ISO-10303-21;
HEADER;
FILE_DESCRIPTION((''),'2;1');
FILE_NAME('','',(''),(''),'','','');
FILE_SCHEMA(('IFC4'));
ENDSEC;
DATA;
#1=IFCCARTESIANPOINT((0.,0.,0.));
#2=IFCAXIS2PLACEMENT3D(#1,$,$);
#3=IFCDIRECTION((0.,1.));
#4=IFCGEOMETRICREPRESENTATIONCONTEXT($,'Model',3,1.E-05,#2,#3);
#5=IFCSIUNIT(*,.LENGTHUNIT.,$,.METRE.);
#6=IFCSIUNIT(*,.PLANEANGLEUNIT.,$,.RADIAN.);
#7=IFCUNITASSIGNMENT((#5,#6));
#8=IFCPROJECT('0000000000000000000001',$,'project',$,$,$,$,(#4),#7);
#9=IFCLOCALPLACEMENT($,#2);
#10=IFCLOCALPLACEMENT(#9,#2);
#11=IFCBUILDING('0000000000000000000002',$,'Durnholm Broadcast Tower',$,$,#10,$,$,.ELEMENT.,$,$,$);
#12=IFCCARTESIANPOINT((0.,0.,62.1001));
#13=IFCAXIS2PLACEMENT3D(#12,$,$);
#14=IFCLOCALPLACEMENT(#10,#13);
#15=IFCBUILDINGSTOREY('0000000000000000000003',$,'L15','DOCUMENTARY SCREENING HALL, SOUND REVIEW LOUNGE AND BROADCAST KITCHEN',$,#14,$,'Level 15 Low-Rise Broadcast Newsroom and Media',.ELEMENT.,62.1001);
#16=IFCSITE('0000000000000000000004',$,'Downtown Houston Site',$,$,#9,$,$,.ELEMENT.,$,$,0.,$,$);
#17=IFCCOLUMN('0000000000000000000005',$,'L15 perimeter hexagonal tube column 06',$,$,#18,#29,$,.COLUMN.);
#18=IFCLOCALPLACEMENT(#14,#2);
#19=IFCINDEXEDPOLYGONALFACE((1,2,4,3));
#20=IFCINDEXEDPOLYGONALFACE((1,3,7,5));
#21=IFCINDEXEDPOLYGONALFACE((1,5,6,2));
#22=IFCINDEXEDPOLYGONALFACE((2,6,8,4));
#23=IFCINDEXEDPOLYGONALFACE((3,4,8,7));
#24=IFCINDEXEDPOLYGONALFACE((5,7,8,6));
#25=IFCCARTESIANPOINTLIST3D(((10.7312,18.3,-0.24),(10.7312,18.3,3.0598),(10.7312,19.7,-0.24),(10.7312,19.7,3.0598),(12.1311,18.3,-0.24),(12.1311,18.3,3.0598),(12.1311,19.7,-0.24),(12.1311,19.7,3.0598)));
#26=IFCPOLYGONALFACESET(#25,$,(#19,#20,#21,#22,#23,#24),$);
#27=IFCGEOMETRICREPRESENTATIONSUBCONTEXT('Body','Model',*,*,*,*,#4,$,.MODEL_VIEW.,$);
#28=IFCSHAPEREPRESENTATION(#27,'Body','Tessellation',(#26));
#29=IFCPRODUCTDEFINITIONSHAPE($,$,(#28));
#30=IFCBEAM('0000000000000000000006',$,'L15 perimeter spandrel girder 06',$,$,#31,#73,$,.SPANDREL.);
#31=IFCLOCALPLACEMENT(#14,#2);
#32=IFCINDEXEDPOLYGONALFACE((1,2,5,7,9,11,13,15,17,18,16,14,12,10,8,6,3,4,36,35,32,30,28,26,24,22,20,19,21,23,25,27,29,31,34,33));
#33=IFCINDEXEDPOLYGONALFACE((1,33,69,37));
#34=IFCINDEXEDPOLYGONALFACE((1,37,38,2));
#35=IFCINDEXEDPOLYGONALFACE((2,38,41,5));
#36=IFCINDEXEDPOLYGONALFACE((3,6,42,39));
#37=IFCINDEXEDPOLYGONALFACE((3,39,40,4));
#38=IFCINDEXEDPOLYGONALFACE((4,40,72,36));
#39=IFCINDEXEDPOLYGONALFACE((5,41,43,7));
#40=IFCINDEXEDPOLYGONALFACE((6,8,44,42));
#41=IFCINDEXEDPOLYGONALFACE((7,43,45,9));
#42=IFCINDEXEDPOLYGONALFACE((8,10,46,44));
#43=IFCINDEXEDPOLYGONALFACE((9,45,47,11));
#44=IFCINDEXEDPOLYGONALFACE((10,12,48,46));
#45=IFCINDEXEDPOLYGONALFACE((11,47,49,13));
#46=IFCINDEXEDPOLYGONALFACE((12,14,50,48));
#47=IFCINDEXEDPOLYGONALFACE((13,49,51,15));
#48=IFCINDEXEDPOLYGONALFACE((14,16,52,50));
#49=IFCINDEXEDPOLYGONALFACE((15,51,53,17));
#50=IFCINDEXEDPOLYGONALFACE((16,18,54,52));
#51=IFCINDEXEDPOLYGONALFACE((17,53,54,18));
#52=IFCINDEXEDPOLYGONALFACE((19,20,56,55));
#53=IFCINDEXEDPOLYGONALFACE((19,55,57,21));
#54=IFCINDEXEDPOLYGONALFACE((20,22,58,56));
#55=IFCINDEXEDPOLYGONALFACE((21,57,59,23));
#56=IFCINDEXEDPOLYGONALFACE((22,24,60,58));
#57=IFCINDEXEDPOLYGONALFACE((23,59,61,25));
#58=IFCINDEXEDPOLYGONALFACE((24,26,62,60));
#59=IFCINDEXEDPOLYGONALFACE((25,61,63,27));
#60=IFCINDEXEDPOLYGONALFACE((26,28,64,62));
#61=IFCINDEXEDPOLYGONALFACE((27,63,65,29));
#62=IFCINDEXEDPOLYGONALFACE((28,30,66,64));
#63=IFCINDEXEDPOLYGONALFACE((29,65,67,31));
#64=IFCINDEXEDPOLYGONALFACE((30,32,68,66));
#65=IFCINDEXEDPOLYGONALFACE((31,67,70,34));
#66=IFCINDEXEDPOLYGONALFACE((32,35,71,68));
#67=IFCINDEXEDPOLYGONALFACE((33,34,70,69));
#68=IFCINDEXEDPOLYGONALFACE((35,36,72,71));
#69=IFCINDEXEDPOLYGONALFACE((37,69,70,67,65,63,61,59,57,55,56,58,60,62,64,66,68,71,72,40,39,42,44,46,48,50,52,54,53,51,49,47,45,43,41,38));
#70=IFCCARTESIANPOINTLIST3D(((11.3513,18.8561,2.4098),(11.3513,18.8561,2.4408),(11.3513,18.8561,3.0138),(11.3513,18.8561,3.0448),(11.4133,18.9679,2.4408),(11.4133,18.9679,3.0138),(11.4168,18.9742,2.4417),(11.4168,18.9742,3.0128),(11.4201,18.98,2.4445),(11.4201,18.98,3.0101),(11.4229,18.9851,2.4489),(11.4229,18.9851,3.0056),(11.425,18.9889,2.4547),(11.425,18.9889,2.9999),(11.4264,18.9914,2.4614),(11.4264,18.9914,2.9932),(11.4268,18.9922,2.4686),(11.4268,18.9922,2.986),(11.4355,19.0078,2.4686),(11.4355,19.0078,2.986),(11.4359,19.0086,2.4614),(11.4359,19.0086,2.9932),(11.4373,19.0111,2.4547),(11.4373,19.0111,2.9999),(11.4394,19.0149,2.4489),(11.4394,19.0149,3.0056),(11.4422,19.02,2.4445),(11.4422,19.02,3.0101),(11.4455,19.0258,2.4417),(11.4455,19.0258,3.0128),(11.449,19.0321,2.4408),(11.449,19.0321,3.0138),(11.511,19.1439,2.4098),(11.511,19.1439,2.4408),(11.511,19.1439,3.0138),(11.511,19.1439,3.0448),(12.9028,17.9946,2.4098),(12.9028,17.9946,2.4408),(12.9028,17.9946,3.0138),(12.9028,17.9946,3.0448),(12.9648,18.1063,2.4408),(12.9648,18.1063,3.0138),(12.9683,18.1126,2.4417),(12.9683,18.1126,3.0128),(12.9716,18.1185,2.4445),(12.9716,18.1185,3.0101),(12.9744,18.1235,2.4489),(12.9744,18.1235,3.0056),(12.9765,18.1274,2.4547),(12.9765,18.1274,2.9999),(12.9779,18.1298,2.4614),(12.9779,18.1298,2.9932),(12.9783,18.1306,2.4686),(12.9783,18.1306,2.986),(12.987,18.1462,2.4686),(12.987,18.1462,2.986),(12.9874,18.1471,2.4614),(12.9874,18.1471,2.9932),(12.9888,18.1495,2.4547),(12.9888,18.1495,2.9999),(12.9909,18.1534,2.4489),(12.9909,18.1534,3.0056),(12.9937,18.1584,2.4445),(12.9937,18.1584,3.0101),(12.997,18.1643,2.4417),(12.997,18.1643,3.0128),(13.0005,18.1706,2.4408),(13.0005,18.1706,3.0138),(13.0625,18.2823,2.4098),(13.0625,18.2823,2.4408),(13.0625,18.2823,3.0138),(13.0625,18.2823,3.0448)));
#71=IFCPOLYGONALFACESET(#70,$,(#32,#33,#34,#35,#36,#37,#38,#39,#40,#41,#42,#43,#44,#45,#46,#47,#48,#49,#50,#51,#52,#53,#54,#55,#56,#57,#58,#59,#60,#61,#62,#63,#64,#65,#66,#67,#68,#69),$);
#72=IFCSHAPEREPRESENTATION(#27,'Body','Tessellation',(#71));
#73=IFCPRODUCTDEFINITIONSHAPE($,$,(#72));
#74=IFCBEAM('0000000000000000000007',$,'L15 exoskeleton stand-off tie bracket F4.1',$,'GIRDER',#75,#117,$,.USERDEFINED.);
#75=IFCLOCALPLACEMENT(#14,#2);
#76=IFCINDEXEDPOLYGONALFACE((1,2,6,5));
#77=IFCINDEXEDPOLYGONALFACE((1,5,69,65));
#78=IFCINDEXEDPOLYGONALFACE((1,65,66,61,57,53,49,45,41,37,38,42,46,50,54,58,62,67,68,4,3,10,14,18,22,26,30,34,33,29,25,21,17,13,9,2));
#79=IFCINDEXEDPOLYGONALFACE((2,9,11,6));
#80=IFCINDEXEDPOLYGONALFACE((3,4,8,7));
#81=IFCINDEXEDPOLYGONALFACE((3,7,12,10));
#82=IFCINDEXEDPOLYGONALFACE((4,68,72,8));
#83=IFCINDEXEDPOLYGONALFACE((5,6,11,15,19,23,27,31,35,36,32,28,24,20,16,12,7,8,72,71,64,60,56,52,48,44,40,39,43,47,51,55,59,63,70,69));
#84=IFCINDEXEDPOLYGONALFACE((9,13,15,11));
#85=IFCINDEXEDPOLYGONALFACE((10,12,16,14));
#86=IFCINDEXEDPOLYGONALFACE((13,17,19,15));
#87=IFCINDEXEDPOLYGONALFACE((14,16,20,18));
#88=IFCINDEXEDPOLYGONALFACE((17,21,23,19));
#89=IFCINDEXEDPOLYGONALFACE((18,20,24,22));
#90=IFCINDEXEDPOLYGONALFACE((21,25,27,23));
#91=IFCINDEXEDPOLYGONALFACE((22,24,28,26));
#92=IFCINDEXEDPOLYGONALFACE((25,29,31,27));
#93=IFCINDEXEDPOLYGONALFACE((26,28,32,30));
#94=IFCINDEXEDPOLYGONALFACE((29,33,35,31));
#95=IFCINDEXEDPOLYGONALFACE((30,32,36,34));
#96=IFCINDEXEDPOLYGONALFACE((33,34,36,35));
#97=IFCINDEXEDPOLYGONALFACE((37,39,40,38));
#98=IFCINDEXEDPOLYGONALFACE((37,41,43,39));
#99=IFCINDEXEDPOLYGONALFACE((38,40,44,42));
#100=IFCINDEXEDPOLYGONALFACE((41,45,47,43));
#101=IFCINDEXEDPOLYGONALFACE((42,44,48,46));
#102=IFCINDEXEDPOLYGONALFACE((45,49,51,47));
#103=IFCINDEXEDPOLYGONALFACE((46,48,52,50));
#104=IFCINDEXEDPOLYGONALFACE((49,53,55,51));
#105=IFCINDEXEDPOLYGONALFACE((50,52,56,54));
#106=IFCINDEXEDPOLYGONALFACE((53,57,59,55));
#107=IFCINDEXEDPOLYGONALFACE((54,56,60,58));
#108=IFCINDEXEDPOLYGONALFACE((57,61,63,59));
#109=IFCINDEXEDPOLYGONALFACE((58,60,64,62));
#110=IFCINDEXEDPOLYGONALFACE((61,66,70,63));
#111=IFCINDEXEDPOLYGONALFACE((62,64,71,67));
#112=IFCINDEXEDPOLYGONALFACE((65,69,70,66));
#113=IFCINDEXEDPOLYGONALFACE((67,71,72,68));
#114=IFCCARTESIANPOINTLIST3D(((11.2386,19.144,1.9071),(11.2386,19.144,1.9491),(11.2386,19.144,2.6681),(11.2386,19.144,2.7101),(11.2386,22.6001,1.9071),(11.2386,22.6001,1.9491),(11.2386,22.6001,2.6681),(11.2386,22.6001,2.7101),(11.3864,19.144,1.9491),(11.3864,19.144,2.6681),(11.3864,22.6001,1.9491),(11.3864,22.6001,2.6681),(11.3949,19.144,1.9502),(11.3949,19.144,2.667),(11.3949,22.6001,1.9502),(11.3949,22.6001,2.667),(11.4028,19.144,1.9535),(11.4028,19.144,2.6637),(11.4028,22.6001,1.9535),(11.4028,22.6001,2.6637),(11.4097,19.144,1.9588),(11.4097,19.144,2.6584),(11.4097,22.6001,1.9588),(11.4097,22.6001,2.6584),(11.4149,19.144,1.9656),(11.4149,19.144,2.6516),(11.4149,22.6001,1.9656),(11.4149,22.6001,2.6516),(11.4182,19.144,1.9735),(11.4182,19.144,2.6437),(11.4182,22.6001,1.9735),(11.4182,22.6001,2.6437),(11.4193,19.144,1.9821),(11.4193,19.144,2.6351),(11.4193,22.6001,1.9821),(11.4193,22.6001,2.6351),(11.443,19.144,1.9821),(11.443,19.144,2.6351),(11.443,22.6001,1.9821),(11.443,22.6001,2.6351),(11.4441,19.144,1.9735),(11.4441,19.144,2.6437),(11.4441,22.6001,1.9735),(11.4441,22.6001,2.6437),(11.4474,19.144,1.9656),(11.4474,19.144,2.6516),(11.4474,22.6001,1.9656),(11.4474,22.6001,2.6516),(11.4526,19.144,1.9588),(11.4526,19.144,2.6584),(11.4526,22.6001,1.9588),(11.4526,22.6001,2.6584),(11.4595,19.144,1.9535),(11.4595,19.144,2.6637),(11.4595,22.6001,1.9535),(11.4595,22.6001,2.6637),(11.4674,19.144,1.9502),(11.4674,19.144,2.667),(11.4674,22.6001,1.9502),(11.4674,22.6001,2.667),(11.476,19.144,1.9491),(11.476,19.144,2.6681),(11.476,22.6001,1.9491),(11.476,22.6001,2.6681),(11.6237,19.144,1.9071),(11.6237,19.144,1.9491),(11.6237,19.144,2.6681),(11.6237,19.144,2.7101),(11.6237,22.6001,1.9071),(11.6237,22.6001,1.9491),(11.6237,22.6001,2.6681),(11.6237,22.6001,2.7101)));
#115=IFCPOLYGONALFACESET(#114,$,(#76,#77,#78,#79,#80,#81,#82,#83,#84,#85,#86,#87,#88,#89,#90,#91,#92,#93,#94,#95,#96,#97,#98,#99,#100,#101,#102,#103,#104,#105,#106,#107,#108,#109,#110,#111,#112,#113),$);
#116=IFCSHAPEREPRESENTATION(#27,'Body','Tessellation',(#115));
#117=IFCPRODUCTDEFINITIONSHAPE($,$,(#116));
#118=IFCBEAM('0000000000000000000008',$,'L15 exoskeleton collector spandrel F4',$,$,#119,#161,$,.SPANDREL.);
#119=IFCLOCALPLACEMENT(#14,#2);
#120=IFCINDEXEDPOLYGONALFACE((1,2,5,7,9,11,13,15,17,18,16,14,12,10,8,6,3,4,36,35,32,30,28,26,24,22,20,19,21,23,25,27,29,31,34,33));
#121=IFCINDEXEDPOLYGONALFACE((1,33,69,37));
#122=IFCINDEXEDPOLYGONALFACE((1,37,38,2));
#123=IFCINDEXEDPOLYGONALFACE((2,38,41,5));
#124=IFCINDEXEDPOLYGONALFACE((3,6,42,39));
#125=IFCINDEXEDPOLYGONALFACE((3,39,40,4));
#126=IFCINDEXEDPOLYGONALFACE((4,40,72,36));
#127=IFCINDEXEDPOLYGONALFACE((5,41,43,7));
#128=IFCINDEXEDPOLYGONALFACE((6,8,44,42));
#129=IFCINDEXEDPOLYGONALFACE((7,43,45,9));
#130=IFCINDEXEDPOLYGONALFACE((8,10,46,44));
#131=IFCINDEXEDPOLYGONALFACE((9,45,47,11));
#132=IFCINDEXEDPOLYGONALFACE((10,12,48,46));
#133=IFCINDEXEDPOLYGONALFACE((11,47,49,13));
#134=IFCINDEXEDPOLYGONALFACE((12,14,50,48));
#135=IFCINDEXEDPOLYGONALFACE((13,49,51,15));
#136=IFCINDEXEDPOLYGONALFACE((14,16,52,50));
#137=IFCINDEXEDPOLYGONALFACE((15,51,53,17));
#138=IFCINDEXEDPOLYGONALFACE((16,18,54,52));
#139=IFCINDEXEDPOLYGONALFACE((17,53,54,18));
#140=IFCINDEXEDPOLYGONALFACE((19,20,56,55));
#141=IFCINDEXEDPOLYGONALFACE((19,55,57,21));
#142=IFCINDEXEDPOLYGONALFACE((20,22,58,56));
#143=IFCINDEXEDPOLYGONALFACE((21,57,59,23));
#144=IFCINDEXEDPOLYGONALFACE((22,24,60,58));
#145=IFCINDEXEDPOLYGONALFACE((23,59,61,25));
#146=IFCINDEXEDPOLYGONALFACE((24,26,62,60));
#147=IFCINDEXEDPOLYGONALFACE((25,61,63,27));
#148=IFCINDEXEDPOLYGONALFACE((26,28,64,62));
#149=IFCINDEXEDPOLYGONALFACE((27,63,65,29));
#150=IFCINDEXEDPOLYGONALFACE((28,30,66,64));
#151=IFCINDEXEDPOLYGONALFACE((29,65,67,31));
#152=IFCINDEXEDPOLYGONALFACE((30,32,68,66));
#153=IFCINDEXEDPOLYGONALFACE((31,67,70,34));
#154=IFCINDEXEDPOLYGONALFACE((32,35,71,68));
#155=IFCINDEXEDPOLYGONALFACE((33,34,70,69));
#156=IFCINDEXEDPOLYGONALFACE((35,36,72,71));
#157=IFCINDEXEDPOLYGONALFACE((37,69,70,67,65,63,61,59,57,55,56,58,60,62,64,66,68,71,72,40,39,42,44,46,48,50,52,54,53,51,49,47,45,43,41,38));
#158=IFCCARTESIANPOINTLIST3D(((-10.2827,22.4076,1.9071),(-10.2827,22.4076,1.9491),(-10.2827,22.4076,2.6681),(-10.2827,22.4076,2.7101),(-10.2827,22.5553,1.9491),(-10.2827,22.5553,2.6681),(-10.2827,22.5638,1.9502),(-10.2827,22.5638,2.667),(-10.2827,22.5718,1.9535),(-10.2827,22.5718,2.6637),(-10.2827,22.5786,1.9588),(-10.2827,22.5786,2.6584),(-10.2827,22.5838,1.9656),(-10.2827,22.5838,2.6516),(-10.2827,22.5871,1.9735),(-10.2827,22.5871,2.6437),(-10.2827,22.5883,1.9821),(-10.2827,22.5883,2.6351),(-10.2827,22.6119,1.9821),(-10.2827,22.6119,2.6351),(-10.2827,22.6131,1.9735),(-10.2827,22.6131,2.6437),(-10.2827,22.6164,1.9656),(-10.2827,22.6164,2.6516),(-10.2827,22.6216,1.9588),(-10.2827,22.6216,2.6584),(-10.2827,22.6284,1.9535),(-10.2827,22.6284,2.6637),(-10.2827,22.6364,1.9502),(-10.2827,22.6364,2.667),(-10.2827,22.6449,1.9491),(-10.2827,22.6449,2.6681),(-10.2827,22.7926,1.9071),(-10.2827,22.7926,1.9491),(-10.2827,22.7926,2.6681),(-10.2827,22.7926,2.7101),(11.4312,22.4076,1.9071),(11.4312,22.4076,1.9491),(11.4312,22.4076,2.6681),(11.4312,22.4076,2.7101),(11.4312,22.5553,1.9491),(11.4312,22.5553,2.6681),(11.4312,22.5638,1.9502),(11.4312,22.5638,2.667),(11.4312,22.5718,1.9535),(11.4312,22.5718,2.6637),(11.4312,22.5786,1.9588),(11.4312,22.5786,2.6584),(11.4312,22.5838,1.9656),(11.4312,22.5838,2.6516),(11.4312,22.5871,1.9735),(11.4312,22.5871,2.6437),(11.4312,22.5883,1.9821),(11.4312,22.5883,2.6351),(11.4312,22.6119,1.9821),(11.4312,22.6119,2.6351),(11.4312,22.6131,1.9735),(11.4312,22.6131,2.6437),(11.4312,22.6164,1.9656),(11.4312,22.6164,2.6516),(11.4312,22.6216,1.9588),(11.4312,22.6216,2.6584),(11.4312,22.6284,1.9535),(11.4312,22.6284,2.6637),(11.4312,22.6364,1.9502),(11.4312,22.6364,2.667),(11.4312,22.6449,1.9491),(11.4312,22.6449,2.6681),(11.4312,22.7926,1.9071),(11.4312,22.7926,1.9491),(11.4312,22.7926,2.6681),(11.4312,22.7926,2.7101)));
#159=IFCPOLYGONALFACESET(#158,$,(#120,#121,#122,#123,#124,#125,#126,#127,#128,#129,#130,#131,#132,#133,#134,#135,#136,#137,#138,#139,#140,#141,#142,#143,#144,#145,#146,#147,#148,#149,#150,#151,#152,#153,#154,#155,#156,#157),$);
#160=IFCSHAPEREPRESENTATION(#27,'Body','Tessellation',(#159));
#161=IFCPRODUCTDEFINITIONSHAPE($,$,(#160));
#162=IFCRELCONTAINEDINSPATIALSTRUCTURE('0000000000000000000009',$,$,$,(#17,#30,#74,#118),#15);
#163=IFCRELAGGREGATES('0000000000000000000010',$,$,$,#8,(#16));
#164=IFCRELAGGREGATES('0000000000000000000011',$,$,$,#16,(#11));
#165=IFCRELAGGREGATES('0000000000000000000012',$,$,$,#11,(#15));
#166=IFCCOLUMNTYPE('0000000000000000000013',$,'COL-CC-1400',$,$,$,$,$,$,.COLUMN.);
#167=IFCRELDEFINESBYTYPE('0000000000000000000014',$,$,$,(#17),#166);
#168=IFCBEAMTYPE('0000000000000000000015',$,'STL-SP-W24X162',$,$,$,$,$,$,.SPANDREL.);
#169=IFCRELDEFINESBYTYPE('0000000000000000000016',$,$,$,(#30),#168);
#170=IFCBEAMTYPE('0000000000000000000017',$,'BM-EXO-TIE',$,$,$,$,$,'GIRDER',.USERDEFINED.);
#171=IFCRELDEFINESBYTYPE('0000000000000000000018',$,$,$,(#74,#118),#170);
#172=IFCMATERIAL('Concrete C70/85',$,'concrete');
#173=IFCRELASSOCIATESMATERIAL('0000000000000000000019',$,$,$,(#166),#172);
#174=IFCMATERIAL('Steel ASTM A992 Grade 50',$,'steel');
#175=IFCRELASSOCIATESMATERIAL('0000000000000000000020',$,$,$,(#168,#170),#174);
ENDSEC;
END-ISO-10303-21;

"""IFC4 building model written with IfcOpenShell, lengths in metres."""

from ifc_helpers import new_model, si_unit, direction, frame, origin, origin_2d, place, context, subcontext, project, spatial, rectangle, i_section, extrude, source, transform, mapped, material, material_profile, profile_set, type_object, type_shapes, element, save


model = new_model("IFC4")

# Units and contexts
model_context = context("Model", 3, precision=1e-05, world=origin(), true_north=direction((0.0, 1.0)))
body_context = subcontext(model_context, "Body", "Model", "MODEL_VIEW")
ifc_project = project(units=[si_unit("LENGTHUNIT", "METRE"), si_unit("PLANEANGLEUNIT", "RADIAN")], contexts=[model_context])

# Site, building, storey
site_placement = place(None, origin())
site = spatial("IfcSite", under=ifc_project, at=site_placement, Name="Downtown Houston Site", CompositionType="ELEMENT", RefElevation=0.0)
building_placement = place(site_placement, origin())
building = spatial("IfcBuilding", under=site, at=building_placement, Name="Durnholm Broadcast Tower", CompositionType="ELEMENT")
storey_placement = place(building_placement, frame((0.0, 0.0, 62.1001)))
storey = spatial("IfcBuildingStorey", under=building, at=storey_placement, Name="L15", Description="DOCUMENTARY SCREENING HALL, SOUND REVIEW LOUNGE AND BROADCAST KITCHEN", LongName="Level 15 Low-Rise Broadcast Newsroom and Media", CompositionType="ELEMENT", Elevation=62.1001)

# Column
ifc_material_1 = material(Name="Concrete C70/85", Category="concrete")
ifc_material_profile_1 = material_profile(ifc_material_1, rectangle(XDim=1.3999, YDim=1.3999, at=origin_2d()), Name="RC1400X1400")
ifc_profile_set_1 = profile_set([ifc_material_profile_1], Name="Concrete C70/85")
column_type = type_object("IfcColumnType", Name="COL-CC-1400", PredefinedType="COLUMN", material=ifc_profile_set_1)
shared_shape_1 = source(origin(), body_context, "Body", "SweptSolid", [
    extrude(rectangle(XDim=1.3999, YDim=1.3999, at=origin_2d()), origin(), (0.0, 0.0, 1.0), 3.2998),
])
type_shapes(column_type, [shared_shape_1])
column_placement = place(storey_placement, frame((11.4312, 19.0, -0.24), z_axis=(0.0, 0.0, 1.0), x_axis=(1.0, 0.0, 0.0)))
element("IfcColumn", 1, at=column_placement, inside=storey, type_object=column_type, Name="L15 perimeter hexagonal tube column 06", PredefinedType="COLUMN", context=body_context, shape_type="MappedRepresentation", body=[
    mapped(shared_shape_1, transform((0.0, 0.0, 0.0), x_axis=(1.0, 0.0, 0.0), y_axis=(0.0, 1.0, 0.0), z_axis=(0.0, 0.0, 1.0), scale=1.0)),
])

# Beams
ifc_material_2 = material(Name="Steel ASTM A992 Grade 50", Category="steel")
ifc_material_profile_2 = material_profile(ifc_material_2, i_section(OverallWidth=0.3291, OverallDepth=0.635, WebThickness=0.0178, FlangeThickness=0.031, FilletRadius=0.0278, at=origin_2d()), Name="W24X162")
ifc_profile_set_2 = profile_set([ifc_material_profile_2], Name="Steel ASTM A992 Grade 50")
beam_type_1 = type_object("IfcBeamType", Name="STL-SP-W24X162", PredefinedType="SPANDREL", material=ifc_profile_set_2)
shared_shape_2 = source(origin(), body_context, "Body", "SweptSolid", [
    extrude(i_section(OverallWidth=0.3291, OverallDepth=0.635, WebThickness=0.0178, FlangeThickness=0.031, FilletRadius=0.0278, at=origin_2d()), origin(), (0.0, 0.0, 1.0), 1.7747),
])
type_shapes(beam_type_1, [shared_shape_2])
beam_1_placement = place(storey_placement, frame((11.4312, 19.0, 2.7273), z_axis=(0.874248, -0.485479, 0.0), x_axis=(0.485479, 0.874248, 0.0)))
element("IfcBeam", 2, at=beam_1_placement, inside=storey, type_object=beam_type_1, Name="L15 perimeter spandrel girder 06", PredefinedType="SPANDREL", context=body_context, shape_type="MappedRepresentation", body=[
    mapped(shared_shape_2, transform((0.0, 0.0, 0.0), x_axis=(1.0, 0.0, 0.0), y_axis=(0.0, 1.0, 0.0), z_axis=(0.0, 0.0, 1.0), scale=1.0)),
])
ifc_material_profile_3 = material_profile(ifc_material_2, i_section(OverallWidth=0.385, OverallDepth=0.803, WebThickness=0.0237, FlangeThickness=0.042, FilletRadius=0.033, at=origin_2d()), Name="W30X261")
ifc_profile_set_3 = profile_set([ifc_material_profile_3], Name="Steel ASTM A992 Grade 50")
beam_type_2 = type_object("IfcBeamType", Name="BM-EXO-TIE", ElementType="GIRDER", PredefinedType="USERDEFINED", material=ifc_profile_set_3)
shared_shape_3 = source(origin(), body_context, "Body", "SweptSolid", [
    extrude(i_section(OverallWidth=0.385, OverallDepth=0.803, WebThickness=0.0237, FlangeThickness=0.042, FilletRadius=0.033, at=origin_2d()), origin(), (0.0, 0.0, 1.0), 3.4561),
])
beam_2_placement = place(storey_placement, frame((11.4312, 19.144, 2.3086), z_axis=(0.0, 1.0, 0.0), x_axis=(-1.0, 0.0, 0.0)))
element("IfcBeam", 3, at=beam_2_placement, inside=storey, type_object=beam_type_2, Name="L15 exoskeleton stand-off tie bracket F4.1", ObjectType="GIRDER", PredefinedType="USERDEFINED", context=body_context, shape_type="MappedRepresentation", body=[
    mapped(shared_shape_3, transform((0.0, 0.0, 0.0), x_axis=(1.0, 0.0, 0.0), y_axis=(0.0, 1.0, 0.0), z_axis=(0.0, 0.0, 1.0), scale=1.0)),
])
shared_shape_4 = source(origin(), body_context, "Body", "SweptSolid", [
    extrude(i_section(OverallWidth=0.385, OverallDepth=0.803, WebThickness=0.0237, FlangeThickness=0.042, FilletRadius=0.033, at=origin_2d()), origin(), (0.0, 0.0, 1.0), 21.7139),
])
type_shapes(beam_type_2, [shared_shape_3, shared_shape_4])
beam_3_placement = place(storey_placement, frame((11.4312, 22.6001, 2.3086), z_axis=(-1.0, 0.0, 0.0), x_axis=(0.0, -1.0, 0.0)))
element("IfcBeam", 4, at=beam_3_placement, inside=storey, type_object=beam_type_2, Name="L15 exoskeleton collector spandrel F4", PredefinedType="SPANDREL", context=body_context, shape_type="MappedRepresentation", body=[
    mapped(shared_shape_4, transform((0.0, 0.0, 0.0), x_axis=(1.0, 0.0, 0.0), y_axis=(0.0, 1.0, 0.0), z_axis=(0.0, 0.0, 1.0), scale=1.0)),
])

save(model, "model.ifc")
